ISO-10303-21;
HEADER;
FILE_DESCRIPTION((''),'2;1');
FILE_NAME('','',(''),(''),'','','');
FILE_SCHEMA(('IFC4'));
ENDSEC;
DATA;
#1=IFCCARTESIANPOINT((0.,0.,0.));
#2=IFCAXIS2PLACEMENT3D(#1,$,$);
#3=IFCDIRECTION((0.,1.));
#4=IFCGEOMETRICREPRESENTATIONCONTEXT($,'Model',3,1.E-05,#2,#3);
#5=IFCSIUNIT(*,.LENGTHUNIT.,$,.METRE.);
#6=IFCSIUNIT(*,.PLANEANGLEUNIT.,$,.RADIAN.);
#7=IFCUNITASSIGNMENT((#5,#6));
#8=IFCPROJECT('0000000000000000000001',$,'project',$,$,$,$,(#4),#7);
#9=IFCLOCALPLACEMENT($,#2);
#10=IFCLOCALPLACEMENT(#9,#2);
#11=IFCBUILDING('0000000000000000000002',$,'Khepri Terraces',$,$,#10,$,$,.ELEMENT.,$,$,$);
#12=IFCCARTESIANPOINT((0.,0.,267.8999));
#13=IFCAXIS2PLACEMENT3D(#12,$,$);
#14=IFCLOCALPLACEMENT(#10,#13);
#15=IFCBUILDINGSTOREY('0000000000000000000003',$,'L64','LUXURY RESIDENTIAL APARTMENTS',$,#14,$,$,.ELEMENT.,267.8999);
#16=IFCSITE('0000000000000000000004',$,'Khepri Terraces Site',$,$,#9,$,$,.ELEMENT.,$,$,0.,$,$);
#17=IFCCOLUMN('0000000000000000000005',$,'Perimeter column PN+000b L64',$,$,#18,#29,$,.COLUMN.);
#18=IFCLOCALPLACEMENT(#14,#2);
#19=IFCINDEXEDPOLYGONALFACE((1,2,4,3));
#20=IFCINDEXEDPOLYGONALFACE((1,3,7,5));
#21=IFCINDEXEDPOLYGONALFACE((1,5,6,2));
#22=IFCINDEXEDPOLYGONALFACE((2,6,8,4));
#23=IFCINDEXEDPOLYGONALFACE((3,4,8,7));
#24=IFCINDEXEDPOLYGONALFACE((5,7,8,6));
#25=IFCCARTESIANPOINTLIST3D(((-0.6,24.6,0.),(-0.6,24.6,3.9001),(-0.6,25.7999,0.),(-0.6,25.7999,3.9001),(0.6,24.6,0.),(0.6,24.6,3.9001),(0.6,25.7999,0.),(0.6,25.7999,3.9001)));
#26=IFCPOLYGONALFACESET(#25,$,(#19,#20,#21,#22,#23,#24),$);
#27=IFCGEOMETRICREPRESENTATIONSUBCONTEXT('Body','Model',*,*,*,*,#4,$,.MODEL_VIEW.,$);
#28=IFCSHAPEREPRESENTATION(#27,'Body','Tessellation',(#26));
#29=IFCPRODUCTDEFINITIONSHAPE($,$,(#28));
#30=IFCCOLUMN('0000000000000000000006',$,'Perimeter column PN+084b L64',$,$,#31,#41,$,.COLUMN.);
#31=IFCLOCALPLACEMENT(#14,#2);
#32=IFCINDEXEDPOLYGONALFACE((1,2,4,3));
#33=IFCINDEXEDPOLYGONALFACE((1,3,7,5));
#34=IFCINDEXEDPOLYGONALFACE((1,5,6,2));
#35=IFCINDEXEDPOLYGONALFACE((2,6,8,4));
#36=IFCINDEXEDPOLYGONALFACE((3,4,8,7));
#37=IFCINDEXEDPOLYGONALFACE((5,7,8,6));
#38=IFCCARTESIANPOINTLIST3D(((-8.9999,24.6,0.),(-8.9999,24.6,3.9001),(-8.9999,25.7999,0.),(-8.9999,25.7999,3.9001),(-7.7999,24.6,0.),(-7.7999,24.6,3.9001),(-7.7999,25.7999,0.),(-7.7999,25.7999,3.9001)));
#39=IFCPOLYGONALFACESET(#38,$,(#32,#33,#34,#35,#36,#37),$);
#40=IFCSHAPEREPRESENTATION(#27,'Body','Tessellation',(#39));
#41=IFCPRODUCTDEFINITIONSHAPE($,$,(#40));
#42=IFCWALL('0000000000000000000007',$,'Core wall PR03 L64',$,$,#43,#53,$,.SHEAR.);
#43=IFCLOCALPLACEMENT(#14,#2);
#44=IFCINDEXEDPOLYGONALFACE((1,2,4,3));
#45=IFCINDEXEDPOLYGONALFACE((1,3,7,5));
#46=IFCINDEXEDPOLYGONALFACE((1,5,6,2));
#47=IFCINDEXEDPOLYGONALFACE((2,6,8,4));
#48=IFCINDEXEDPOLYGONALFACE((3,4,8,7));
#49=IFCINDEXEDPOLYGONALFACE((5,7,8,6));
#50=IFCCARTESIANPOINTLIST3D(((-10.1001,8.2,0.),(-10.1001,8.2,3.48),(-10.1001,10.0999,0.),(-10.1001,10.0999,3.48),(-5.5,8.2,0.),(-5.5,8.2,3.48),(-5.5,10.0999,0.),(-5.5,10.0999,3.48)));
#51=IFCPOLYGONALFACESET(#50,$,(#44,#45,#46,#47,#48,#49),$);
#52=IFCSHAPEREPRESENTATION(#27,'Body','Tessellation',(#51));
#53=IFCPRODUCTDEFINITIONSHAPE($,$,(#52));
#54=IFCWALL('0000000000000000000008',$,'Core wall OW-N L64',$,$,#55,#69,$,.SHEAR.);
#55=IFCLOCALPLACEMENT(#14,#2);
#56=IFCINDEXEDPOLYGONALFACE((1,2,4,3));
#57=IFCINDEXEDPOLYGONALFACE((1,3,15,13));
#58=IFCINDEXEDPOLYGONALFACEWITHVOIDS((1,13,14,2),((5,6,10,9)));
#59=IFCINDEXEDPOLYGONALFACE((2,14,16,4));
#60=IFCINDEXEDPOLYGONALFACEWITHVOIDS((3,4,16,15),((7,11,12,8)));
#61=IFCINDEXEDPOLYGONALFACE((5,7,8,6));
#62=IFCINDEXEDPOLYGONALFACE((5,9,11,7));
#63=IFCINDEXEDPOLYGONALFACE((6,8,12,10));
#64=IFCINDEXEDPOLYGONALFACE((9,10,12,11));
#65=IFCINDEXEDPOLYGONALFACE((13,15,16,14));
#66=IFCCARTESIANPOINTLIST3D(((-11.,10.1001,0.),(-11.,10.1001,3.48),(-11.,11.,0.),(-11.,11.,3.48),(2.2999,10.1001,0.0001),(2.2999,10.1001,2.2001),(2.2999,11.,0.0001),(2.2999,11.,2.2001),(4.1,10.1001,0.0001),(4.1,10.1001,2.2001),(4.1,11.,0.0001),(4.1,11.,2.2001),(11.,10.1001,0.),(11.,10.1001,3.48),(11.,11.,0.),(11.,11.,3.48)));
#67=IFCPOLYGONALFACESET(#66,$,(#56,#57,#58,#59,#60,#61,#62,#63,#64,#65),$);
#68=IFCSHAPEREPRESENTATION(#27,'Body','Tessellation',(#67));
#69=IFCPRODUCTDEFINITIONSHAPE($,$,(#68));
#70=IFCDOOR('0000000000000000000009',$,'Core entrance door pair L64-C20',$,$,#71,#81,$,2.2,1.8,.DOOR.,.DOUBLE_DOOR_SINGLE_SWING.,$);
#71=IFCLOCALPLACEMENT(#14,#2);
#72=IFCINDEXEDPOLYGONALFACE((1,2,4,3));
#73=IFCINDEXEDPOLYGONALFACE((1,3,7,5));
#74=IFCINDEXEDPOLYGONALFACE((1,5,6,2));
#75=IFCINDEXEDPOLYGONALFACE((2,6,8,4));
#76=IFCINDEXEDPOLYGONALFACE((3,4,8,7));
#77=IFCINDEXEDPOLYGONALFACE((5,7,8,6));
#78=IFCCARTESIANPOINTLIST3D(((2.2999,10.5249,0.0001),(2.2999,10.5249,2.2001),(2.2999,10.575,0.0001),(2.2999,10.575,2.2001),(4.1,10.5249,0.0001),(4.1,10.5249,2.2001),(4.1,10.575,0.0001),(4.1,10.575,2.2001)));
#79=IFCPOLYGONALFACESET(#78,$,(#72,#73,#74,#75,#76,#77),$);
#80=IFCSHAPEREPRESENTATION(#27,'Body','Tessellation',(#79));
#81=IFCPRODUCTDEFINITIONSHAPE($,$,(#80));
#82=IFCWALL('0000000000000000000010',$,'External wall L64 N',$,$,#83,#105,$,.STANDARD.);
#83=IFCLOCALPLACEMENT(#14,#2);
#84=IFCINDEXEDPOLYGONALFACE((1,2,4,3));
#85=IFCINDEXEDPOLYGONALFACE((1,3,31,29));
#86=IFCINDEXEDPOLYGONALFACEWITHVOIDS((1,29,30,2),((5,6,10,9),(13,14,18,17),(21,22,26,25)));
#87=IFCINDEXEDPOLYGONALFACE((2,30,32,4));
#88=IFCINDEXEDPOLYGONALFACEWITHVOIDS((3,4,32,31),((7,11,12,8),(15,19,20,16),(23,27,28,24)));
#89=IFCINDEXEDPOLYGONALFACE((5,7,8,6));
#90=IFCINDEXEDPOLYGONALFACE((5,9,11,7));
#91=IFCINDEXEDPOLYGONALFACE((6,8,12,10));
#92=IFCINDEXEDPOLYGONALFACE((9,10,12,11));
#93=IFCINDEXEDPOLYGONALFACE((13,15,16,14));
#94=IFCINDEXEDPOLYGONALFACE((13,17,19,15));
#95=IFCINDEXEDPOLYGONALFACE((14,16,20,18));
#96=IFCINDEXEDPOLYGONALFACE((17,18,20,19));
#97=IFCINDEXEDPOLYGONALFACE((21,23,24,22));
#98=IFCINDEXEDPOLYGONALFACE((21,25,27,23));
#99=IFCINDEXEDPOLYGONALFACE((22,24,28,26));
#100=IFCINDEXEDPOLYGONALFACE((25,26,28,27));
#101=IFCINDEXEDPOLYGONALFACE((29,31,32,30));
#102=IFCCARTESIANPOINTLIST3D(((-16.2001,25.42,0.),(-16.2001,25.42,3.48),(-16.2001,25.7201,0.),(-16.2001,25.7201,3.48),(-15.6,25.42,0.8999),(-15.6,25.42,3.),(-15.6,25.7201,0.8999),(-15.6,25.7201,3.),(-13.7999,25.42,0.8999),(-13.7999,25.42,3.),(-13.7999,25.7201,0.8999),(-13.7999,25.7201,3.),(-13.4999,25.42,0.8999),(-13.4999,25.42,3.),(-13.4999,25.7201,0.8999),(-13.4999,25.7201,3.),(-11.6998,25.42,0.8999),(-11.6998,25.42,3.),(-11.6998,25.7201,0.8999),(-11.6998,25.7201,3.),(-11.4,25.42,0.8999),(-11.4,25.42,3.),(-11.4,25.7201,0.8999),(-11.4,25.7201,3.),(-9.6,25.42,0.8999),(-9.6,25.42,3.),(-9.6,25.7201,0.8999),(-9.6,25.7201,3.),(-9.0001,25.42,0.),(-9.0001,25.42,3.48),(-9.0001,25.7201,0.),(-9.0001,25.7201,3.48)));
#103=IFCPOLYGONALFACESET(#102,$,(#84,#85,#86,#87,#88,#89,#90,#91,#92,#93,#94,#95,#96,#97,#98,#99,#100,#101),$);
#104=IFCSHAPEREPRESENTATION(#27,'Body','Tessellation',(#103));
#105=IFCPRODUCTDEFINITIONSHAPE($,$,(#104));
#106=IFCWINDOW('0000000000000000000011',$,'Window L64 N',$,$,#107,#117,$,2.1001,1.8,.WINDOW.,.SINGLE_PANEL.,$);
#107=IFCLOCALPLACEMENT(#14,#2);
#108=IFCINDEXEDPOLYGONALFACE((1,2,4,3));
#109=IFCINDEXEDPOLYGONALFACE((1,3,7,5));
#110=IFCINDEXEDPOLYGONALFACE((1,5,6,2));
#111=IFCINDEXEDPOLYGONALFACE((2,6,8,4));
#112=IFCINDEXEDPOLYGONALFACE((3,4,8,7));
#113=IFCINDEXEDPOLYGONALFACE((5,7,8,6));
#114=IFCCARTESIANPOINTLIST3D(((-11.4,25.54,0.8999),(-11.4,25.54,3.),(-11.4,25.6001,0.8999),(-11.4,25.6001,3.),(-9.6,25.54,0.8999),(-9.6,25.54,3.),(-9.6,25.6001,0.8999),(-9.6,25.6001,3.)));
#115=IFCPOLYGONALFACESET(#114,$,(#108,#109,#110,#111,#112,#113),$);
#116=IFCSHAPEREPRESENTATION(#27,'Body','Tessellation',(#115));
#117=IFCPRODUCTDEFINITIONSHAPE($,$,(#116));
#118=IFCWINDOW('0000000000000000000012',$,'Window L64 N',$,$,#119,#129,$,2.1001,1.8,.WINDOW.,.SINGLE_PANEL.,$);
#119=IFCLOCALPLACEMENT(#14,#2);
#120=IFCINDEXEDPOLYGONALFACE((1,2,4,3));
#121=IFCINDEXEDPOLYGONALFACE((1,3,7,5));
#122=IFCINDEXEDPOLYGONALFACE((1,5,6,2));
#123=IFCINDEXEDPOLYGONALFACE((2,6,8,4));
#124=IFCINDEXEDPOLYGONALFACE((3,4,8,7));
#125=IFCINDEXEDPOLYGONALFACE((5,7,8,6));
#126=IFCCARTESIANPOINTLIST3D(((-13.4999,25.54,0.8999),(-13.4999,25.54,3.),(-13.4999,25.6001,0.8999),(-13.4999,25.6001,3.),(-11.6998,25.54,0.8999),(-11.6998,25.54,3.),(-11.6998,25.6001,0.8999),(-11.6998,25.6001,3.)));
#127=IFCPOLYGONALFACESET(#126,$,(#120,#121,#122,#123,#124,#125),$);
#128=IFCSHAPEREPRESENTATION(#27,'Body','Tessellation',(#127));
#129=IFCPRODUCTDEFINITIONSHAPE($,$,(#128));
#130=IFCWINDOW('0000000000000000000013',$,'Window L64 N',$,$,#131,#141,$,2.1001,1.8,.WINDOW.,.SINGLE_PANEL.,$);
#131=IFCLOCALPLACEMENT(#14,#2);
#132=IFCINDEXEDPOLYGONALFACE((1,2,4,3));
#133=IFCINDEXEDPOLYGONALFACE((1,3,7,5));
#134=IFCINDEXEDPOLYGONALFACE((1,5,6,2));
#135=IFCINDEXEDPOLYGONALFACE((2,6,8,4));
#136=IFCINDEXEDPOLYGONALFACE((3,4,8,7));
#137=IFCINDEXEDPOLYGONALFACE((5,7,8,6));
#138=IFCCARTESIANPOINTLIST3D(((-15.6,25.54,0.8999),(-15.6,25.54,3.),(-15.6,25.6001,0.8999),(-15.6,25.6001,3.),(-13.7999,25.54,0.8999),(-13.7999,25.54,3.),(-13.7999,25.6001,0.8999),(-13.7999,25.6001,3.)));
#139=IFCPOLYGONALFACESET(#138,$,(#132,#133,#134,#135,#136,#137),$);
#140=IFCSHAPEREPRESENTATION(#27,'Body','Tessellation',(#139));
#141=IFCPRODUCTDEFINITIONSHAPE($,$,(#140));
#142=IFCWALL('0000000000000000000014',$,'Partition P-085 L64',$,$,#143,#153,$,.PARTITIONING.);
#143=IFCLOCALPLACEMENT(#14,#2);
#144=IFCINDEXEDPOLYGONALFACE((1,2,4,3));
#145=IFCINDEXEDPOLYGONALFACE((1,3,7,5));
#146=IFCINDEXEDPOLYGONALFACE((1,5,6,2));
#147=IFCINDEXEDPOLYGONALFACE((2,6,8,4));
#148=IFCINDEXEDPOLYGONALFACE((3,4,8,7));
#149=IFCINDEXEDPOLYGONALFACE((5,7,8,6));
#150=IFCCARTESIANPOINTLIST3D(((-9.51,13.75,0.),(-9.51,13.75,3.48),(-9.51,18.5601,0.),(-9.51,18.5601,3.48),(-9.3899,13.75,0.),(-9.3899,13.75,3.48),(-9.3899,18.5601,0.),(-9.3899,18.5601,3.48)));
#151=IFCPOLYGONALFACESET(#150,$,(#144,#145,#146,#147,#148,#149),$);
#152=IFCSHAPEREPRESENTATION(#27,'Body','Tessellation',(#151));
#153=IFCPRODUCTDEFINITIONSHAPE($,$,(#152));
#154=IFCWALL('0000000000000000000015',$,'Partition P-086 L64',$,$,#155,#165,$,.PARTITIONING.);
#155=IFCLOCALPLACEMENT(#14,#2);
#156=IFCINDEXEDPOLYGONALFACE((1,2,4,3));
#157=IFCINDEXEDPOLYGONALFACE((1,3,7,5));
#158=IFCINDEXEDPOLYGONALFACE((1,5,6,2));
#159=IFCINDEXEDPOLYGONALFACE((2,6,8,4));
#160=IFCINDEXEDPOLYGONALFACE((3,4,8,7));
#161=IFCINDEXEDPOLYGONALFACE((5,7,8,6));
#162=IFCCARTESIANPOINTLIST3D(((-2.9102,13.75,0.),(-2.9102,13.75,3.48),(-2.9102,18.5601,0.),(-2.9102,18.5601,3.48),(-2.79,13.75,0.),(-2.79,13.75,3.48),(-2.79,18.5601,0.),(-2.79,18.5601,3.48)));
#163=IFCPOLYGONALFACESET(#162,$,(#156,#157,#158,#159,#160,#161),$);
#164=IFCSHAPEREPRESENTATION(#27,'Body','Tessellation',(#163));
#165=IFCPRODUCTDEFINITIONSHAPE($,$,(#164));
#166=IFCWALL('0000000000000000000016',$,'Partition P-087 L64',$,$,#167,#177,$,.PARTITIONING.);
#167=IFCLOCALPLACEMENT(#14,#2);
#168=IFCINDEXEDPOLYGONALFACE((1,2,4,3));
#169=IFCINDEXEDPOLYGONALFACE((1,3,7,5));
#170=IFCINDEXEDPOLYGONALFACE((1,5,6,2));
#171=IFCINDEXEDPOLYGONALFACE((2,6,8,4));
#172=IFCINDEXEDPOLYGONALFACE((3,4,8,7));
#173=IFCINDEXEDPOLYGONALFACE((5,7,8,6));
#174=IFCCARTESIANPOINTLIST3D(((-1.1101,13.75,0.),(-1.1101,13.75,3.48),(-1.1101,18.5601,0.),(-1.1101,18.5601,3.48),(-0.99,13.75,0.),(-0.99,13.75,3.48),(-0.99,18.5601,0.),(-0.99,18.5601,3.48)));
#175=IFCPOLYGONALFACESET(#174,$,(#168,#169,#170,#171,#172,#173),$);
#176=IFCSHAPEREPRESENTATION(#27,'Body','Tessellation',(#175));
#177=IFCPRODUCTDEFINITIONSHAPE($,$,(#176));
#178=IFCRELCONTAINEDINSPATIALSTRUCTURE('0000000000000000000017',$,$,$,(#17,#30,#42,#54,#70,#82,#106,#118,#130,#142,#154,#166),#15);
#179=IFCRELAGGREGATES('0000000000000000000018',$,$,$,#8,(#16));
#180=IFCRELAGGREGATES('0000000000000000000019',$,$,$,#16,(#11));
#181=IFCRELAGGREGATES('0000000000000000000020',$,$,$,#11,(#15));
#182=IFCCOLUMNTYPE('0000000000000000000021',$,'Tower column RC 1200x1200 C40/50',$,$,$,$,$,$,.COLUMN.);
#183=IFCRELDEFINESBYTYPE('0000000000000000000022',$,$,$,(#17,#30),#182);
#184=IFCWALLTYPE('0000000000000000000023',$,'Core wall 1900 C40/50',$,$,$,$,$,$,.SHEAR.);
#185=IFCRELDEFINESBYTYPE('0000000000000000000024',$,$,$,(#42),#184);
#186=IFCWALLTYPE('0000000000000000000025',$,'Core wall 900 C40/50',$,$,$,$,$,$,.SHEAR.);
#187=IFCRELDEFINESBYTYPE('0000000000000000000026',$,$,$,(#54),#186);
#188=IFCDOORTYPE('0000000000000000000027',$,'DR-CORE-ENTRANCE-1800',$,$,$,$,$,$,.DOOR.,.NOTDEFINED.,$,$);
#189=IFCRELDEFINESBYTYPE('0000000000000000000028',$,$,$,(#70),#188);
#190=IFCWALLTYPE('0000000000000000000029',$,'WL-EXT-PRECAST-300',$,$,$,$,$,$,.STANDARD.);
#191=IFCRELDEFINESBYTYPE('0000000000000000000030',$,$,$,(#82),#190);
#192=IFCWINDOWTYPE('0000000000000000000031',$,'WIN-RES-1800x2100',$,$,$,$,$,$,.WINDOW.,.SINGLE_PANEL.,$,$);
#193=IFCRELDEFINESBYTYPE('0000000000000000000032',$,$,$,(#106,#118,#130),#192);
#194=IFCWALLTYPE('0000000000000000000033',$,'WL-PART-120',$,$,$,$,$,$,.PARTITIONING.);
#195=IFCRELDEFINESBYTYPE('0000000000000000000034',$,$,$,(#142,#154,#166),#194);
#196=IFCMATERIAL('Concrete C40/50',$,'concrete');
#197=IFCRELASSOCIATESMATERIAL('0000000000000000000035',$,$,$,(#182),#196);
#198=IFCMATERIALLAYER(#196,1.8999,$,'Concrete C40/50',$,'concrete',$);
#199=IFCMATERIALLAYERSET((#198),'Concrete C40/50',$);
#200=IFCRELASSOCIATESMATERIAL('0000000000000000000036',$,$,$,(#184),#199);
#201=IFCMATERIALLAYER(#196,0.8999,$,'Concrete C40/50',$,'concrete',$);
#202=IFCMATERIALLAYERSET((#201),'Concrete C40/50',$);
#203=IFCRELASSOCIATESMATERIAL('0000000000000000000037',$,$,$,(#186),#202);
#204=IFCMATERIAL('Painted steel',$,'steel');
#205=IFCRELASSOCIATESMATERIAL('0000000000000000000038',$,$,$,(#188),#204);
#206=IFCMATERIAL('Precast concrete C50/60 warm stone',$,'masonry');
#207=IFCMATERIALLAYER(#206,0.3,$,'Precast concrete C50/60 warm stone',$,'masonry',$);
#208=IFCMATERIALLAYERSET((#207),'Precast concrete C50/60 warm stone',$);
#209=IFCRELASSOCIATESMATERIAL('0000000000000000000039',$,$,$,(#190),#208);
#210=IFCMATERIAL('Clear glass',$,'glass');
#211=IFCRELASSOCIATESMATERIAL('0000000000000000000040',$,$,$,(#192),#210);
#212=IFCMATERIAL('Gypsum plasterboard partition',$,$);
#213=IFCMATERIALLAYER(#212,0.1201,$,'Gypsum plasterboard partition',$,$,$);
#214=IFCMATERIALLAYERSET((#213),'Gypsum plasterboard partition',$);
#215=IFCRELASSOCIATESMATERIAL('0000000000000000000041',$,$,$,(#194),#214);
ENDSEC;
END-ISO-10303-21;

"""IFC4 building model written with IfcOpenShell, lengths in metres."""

from ifc_helpers import new_model, si_unit, direction, frame, frame_2d, origin, origin_2d, place, context, subcontext, project, spatial, rectangle, extrude, material, layer, layer_set, material_profile, profile_set, type_object, element, fill, save


model = new_model("IFC4")

# Units and contexts
model_context = context("Model", 3, precision=1e-05, world=origin(), true_north=direction((0.0, 1.0)))
body_context = subcontext(model_context, "Body", "Model", "MODEL_VIEW")
ifc_project = project(units=[si_unit("LENGTHUNIT", "METRE"), si_unit("PLANEANGLEUNIT", "RADIAN")], contexts=[model_context])

# Site, building, storey
site_placement = place(None, origin())
site = spatial("IfcSite", under=ifc_project, at=site_placement, Name="Khepri Terraces Site", CompositionType="ELEMENT", RefElevation=0.0)
building_placement = place(site_placement, origin())
building = spatial("IfcBuilding", under=site, at=building_placement, Name="Khepri Terraces", CompositionType="ELEMENT")
storey_placement = place(building_placement, frame((0.0, 0.0, 267.8999)))
storey = spatial("IfcBuildingStorey", under=building, at=storey_placement, Name="L64", Description="LUXURY RESIDENTIAL APARTMENTS", CompositionType="ELEMENT", Elevation=267.8999)

# Columns
ifc_material_1 = material(Name="Concrete C40/50", Category="concrete")
ifc_material_profile = material_profile(ifc_material_1, rectangle(XDim=1.2, YDim=1.2, at=origin_2d()), Name="Concrete C40/50", Category="concrete")
ifc_profile_set = profile_set([ifc_material_profile], Name="Concrete C40/50")
column_type = type_object("IfcColumnType", Name="Tower column RC 1200x1200 C40/50", PredefinedType="COLUMN", material=ifc_profile_set)
for number, where, z_axis, x_axis, name in (
    (1, (0.0, 25.2, 0.0), (0.0, 0.0, 1.0), (1.0, 0.0, 0.0), "Perimeter column PN+000b L64"),
    (2, (-8.3999, 25.2, 0.0), (0.0, 0.0, 1.0), (1.0, 0.0, 0.0), "Perimeter column PN+084b L64"),
):
    element("IfcColumn", number, at=place(storey_placement, frame(where, z_axis=z_axis, x_axis=x_axis)), inside=storey, type_object=column_type, Name=name, PredefinedType="COLUMN", context=body_context, shape_type="SweptSolid", body=[
        extrude(rectangle(XDim=1.2, YDim=1.2, at=origin_2d()), origin(), (0.0, 0.0, 1.0), 3.9001),
    ])

# Wall
ifc_layer_1 = layer(ifc_material_1, 1.8999, Name="Concrete C40/50", Category="concrete")
ifc_layer_set_1 = layer_set([ifc_layer_1], Name="Concrete C40/50")
wall_type_1 = type_object("IfcWallType", Name="Core wall 1900 C40/50", PredefinedType="SHEAR", material=ifc_layer_set_1)
wall_1_placement = place(storey_placement, frame((-10.1001, 9.1499, 0.0), z_axis=(0.0, 0.0, 1.0), x_axis=(1.0, 0.0, 0.0)))
element("IfcWall", 3, at=wall_1_placement, inside=storey, type_object=wall_type_1, Name="Core wall PR03 L64", PredefinedType="SHEAR", context=body_context, shape_type="SweptSolid", body=[
    extrude(rectangle(XDim=4.6001, YDim=1.8999, at=frame_2d((2.3, 0.0))), origin(), (0.0, 0.0, 1.0), 3.48),
])

# Wall, opening, door
ifc_layer_2 = layer(ifc_material_1, 0.8999, Name="Concrete C40/50", Category="concrete")
ifc_layer_set_2 = layer_set([ifc_layer_2], Name="Concrete C40/50")
wall_type_2 = type_object("IfcWallType", Name="Core wall 900 C40/50", PredefinedType="SHEAR", material=ifc_layer_set_2)
wall_2_placement = place(storey_placement, frame((-11.0, 10.55, 0.0), z_axis=(0.0, 0.0, 1.0), x_axis=(1.0, 0.0, 0.0)))
wall_2 = element("IfcWall", 4, at=wall_2_placement, inside=storey, type_object=wall_type_2, Name="Core wall OW-N L64", PredefinedType="SHEAR", context=body_context, shape_type="SweptSolid", body=[
    extrude(rectangle(XDim=22.0, YDim=0.8999, at=frame_2d((11.0, 0.0))), origin(), (0.0, 0.0, 1.0), 3.48),
])
opening_1_placement = place(wall_2_placement, frame((13.3, 0.0, 0.0)))
opening_1 = element("IfcOpeningElement", 5, at=opening_1_placement, cuts=wall_2, PredefinedType="OPENING", context=body_context, shape_type="SweptSolid", body=[
    extrude(rectangle(XDim=1.8, YDim=2.2, at=frame_2d((0.8999, 1.1001))), frame((0.0, 0.46, 0.0), z_axis=(0.0, -1.0, 0.0), x_axis=(1.0, 0.0, 0.0)), (0.0, 0.0, 1.0), 0.9199),
])
ifc_material_2 = material(Name="Painted steel", Category="steel")
door_type_1 = type_object("IfcDoorType", Name="DR-CORE-ENTRANCE-1800", OperationType="NOTDEFINED", PredefinedType="DOOR", material=ifc_material_2)
door_1_placement = place(opening_1_placement, origin())
door_1 = element("IfcDoor", 6, at=door_1_placement, inside=storey, type_object=door_type_1, Name="Core entrance door pair L64-C20", OperationType="DOUBLE_DOOR_SINGLE_SWING", OverallHeight=2.2, OverallWidth=1.8, PredefinedType="DOOR", context=body_context, shape_type="SweptSolid", body=[
    extrude(rectangle(XDim=1.8, YDim=2.2, at=frame_2d((0.8999, 1.1001))), frame((0.0, 0.0249, 0.0), z_axis=(0.0, -1.0, 0.0), x_axis=(1.0, 0.0, 0.0)), (0.0, 0.0, 1.0), 0.05),
])
fill(opening_1, door_1)

# Shared definitions
ifc_material_3 = material(Name="Precast concrete C50/60 warm stone", Category="masonry")
ifc_layer_3 = layer(ifc_material_3, 0.3, Name="Precast concrete C50/60 warm stone", Category="masonry")
ifc_layer_set_3 = layer_set([ifc_layer_3], Name="Precast concrete C50/60 warm stone")
wall_type_3 = type_object("IfcWallType", Name="WL-EXT-PRECAST-300", PredefinedType="STANDARD", material=ifc_layer_set_3)
ifc_material_4 = material(Name="Clear glass", Category="glass")
window_type = type_object("IfcWindowType", Name="WIN-RES-1800x2100", PartitioningType="SINGLE_PANEL", PredefinedType="WINDOW", material=ifc_material_4)

# Wall, openings, windows
wall_3_placement = place(storey_placement, frame((-9.0, 25.5701, 0.0), z_axis=(0.0, 0.0, 1.0), x_axis=(-1.0, 0.0, 0.0)))
wall_3 = element("IfcWall", 7, at=wall_3_placement, inside=storey, type_object=wall_type_3, Name="External wall L64 N", PredefinedType="STANDARD", context=body_context, shape_type="SweptSolid", body=[
    extrude(rectangle(XDim=7.2, YDim=0.3, at=frame_2d((3.6001, 0.0))), origin(), (0.0, 0.0, 1.0), 3.48),
])
opening_2_placement = place(wall_3_placement, frame((0.6001, 0.0, 0.8999)))
opening_2 = element("IfcOpeningElement", 8, at=opening_2_placement, cuts=wall_3, PredefinedType="OPENING", context=body_context, shape_type="SweptSolid", body=[
    extrude(rectangle(XDim=1.8, YDim=2.1001, at=frame_2d((0.8999, 1.05))), frame((0.0, 0.1602, 0.0), z_axis=(0.0, -1.0, 0.0), x_axis=(1.0, 0.0, 0.0)), (0.0, 0.0, 1.0), 0.3201),
])
opening_3_placement = place(wall_3_placement, frame((2.7, 0.0, 0.8999)))
opening_3 = element("IfcOpeningElement", 9, at=opening_3_placement, cuts=wall_3, PredefinedType="OPENING", context=body_context, shape_type="SweptSolid", body=[
    extrude(rectangle(XDim=1.8, YDim=2.1001, at=frame_2d((0.8999, 1.05))), frame((0.0, 0.1602, 0.0), z_axis=(0.0, -1.0, 0.0), x_axis=(1.0, 0.0, 0.0)), (0.0, 0.0, 1.0), 0.3201),
])
opening_4_placement = place(wall_3_placement, frame((4.8, 0.0, 0.8999)))
opening_4 = element("IfcOpeningElement", 10, at=opening_4_placement, cuts=wall_3, PredefinedType="OPENING", context=body_context, shape_type="SweptSolid", body=[
    extrude(rectangle(XDim=1.8, YDim=2.1001, at=frame_2d((0.8999, 1.05))), frame((0.0, 0.1602, 0.0), z_axis=(0.0, -1.0, 0.0), x_axis=(1.0, 0.0, 0.0)), (0.0, 0.0, 1.0), 0.3201),
])
window_1_placement = place(opening_2_placement, origin())
window_1 = element("IfcWindow", 11, at=window_1_placement, inside=storey, type_object=window_type, Name="Window L64 N", OverallHeight=2.1001, OverallWidth=1.8, PartitioningType="SINGLE_PANEL", PredefinedType="WINDOW", context=body_context, shape_type="SweptSolid", body=[
    extrude(rectangle(XDim=1.8, YDim=2.1001, at=frame_2d((0.8999, 1.05))), frame((0.0, 0.03, 0.0), z_axis=(0.0, -1.0, 0.0), x_axis=(1.0, 0.0, 0.0)), (0.0, 0.0, 1.0), 0.0601),
])
fill(opening_2, window_1)
window_2_placement = place(opening_3_placement, origin())
window_2 = element("IfcWindow", 12, at=window_2_placement, inside=storey, type_object=window_type, Name="Window L64 N", OverallHeight=2.1001, OverallWidth=1.8, PartitioningType="SINGLE_PANEL", PredefinedType="WINDOW", context=body_context, shape_type="SweptSolid", body=[
    extrude(rectangle(XDim=1.8, YDim=2.1001, at=frame_2d((0.8999, 1.05))), frame((0.0, 0.03, 0.0), z_axis=(0.0, -1.0, 0.0), x_axis=(1.0, 0.0, 0.0)), (0.0, 0.0, 1.0), 0.0601),
])
fill(opening_3, window_2)
window_3_placement = place(opening_4_placement, origin())
window_3 = element("IfcWindow", 13, at=window_3_placement, inside=storey, type_object=window_type, Name="Window L64 N", OverallHeight=2.1001, OverallWidth=1.8, PartitioningType="SINGLE_PANEL", PredefinedType="WINDOW", context=body_context, shape_type="SweptSolid", body=[
    extrude(rectangle(XDim=1.8, YDim=2.1001, at=frame_2d((0.8999, 1.05))), frame((0.0, 0.03, 0.0), z_axis=(0.0, -1.0, 0.0), x_axis=(1.0, 0.0, 0.0)), (0.0, 0.0, 1.0), 0.0601),
])
fill(opening_4, window_3)

# Walls
ifc_material_5 = material(Name="Gypsum plasterboard partition")
ifc_layer_4 = layer(ifc_material_5, 0.1201, Name="Gypsum plasterboard partition")
ifc_layer_set_4 = layer_set([ifc_layer_4], Name="Gypsum plasterboard partition")
wall_type_4 = type_object("IfcWallType", Name="WL-PART-120", PredefinedType="PARTITIONING", material=ifc_layer_set_4)
for number, where, z_axis, x_axis, name in (
    (14, (-9.45, 13.75, 0.0), (0.0, 0.0, 1.0), (0.0, 1.0, 0.0), "Partition P-085 L64"),
    (15, (-2.8501, 13.75, 0.0), (0.0, 0.0, 1.0), (0.0, 1.0, 0.0), "Partition P-086 L64"),
    (16, (-1.05, 13.75, 0.0), (0.0, 0.0, 1.0), (0.0, 1.0, 0.0), "Partition P-087 L64"),
):
    element("IfcWall", number, at=place(storey_placement, frame(where, z_axis=z_axis, x_axis=x_axis)), inside=storey, type_object=wall_type_4, Name=name, PredefinedType="PARTITIONING", context=body_context, shape_type="SweptSolid", body=[
        extrude(rectangle(XDim=4.8101, YDim=0.1201, at=frame_2d((2.405, 0.0))), origin(), (0.0, 0.0, 1.0), 3.48),
    ])

save(model, "model.ifc")
